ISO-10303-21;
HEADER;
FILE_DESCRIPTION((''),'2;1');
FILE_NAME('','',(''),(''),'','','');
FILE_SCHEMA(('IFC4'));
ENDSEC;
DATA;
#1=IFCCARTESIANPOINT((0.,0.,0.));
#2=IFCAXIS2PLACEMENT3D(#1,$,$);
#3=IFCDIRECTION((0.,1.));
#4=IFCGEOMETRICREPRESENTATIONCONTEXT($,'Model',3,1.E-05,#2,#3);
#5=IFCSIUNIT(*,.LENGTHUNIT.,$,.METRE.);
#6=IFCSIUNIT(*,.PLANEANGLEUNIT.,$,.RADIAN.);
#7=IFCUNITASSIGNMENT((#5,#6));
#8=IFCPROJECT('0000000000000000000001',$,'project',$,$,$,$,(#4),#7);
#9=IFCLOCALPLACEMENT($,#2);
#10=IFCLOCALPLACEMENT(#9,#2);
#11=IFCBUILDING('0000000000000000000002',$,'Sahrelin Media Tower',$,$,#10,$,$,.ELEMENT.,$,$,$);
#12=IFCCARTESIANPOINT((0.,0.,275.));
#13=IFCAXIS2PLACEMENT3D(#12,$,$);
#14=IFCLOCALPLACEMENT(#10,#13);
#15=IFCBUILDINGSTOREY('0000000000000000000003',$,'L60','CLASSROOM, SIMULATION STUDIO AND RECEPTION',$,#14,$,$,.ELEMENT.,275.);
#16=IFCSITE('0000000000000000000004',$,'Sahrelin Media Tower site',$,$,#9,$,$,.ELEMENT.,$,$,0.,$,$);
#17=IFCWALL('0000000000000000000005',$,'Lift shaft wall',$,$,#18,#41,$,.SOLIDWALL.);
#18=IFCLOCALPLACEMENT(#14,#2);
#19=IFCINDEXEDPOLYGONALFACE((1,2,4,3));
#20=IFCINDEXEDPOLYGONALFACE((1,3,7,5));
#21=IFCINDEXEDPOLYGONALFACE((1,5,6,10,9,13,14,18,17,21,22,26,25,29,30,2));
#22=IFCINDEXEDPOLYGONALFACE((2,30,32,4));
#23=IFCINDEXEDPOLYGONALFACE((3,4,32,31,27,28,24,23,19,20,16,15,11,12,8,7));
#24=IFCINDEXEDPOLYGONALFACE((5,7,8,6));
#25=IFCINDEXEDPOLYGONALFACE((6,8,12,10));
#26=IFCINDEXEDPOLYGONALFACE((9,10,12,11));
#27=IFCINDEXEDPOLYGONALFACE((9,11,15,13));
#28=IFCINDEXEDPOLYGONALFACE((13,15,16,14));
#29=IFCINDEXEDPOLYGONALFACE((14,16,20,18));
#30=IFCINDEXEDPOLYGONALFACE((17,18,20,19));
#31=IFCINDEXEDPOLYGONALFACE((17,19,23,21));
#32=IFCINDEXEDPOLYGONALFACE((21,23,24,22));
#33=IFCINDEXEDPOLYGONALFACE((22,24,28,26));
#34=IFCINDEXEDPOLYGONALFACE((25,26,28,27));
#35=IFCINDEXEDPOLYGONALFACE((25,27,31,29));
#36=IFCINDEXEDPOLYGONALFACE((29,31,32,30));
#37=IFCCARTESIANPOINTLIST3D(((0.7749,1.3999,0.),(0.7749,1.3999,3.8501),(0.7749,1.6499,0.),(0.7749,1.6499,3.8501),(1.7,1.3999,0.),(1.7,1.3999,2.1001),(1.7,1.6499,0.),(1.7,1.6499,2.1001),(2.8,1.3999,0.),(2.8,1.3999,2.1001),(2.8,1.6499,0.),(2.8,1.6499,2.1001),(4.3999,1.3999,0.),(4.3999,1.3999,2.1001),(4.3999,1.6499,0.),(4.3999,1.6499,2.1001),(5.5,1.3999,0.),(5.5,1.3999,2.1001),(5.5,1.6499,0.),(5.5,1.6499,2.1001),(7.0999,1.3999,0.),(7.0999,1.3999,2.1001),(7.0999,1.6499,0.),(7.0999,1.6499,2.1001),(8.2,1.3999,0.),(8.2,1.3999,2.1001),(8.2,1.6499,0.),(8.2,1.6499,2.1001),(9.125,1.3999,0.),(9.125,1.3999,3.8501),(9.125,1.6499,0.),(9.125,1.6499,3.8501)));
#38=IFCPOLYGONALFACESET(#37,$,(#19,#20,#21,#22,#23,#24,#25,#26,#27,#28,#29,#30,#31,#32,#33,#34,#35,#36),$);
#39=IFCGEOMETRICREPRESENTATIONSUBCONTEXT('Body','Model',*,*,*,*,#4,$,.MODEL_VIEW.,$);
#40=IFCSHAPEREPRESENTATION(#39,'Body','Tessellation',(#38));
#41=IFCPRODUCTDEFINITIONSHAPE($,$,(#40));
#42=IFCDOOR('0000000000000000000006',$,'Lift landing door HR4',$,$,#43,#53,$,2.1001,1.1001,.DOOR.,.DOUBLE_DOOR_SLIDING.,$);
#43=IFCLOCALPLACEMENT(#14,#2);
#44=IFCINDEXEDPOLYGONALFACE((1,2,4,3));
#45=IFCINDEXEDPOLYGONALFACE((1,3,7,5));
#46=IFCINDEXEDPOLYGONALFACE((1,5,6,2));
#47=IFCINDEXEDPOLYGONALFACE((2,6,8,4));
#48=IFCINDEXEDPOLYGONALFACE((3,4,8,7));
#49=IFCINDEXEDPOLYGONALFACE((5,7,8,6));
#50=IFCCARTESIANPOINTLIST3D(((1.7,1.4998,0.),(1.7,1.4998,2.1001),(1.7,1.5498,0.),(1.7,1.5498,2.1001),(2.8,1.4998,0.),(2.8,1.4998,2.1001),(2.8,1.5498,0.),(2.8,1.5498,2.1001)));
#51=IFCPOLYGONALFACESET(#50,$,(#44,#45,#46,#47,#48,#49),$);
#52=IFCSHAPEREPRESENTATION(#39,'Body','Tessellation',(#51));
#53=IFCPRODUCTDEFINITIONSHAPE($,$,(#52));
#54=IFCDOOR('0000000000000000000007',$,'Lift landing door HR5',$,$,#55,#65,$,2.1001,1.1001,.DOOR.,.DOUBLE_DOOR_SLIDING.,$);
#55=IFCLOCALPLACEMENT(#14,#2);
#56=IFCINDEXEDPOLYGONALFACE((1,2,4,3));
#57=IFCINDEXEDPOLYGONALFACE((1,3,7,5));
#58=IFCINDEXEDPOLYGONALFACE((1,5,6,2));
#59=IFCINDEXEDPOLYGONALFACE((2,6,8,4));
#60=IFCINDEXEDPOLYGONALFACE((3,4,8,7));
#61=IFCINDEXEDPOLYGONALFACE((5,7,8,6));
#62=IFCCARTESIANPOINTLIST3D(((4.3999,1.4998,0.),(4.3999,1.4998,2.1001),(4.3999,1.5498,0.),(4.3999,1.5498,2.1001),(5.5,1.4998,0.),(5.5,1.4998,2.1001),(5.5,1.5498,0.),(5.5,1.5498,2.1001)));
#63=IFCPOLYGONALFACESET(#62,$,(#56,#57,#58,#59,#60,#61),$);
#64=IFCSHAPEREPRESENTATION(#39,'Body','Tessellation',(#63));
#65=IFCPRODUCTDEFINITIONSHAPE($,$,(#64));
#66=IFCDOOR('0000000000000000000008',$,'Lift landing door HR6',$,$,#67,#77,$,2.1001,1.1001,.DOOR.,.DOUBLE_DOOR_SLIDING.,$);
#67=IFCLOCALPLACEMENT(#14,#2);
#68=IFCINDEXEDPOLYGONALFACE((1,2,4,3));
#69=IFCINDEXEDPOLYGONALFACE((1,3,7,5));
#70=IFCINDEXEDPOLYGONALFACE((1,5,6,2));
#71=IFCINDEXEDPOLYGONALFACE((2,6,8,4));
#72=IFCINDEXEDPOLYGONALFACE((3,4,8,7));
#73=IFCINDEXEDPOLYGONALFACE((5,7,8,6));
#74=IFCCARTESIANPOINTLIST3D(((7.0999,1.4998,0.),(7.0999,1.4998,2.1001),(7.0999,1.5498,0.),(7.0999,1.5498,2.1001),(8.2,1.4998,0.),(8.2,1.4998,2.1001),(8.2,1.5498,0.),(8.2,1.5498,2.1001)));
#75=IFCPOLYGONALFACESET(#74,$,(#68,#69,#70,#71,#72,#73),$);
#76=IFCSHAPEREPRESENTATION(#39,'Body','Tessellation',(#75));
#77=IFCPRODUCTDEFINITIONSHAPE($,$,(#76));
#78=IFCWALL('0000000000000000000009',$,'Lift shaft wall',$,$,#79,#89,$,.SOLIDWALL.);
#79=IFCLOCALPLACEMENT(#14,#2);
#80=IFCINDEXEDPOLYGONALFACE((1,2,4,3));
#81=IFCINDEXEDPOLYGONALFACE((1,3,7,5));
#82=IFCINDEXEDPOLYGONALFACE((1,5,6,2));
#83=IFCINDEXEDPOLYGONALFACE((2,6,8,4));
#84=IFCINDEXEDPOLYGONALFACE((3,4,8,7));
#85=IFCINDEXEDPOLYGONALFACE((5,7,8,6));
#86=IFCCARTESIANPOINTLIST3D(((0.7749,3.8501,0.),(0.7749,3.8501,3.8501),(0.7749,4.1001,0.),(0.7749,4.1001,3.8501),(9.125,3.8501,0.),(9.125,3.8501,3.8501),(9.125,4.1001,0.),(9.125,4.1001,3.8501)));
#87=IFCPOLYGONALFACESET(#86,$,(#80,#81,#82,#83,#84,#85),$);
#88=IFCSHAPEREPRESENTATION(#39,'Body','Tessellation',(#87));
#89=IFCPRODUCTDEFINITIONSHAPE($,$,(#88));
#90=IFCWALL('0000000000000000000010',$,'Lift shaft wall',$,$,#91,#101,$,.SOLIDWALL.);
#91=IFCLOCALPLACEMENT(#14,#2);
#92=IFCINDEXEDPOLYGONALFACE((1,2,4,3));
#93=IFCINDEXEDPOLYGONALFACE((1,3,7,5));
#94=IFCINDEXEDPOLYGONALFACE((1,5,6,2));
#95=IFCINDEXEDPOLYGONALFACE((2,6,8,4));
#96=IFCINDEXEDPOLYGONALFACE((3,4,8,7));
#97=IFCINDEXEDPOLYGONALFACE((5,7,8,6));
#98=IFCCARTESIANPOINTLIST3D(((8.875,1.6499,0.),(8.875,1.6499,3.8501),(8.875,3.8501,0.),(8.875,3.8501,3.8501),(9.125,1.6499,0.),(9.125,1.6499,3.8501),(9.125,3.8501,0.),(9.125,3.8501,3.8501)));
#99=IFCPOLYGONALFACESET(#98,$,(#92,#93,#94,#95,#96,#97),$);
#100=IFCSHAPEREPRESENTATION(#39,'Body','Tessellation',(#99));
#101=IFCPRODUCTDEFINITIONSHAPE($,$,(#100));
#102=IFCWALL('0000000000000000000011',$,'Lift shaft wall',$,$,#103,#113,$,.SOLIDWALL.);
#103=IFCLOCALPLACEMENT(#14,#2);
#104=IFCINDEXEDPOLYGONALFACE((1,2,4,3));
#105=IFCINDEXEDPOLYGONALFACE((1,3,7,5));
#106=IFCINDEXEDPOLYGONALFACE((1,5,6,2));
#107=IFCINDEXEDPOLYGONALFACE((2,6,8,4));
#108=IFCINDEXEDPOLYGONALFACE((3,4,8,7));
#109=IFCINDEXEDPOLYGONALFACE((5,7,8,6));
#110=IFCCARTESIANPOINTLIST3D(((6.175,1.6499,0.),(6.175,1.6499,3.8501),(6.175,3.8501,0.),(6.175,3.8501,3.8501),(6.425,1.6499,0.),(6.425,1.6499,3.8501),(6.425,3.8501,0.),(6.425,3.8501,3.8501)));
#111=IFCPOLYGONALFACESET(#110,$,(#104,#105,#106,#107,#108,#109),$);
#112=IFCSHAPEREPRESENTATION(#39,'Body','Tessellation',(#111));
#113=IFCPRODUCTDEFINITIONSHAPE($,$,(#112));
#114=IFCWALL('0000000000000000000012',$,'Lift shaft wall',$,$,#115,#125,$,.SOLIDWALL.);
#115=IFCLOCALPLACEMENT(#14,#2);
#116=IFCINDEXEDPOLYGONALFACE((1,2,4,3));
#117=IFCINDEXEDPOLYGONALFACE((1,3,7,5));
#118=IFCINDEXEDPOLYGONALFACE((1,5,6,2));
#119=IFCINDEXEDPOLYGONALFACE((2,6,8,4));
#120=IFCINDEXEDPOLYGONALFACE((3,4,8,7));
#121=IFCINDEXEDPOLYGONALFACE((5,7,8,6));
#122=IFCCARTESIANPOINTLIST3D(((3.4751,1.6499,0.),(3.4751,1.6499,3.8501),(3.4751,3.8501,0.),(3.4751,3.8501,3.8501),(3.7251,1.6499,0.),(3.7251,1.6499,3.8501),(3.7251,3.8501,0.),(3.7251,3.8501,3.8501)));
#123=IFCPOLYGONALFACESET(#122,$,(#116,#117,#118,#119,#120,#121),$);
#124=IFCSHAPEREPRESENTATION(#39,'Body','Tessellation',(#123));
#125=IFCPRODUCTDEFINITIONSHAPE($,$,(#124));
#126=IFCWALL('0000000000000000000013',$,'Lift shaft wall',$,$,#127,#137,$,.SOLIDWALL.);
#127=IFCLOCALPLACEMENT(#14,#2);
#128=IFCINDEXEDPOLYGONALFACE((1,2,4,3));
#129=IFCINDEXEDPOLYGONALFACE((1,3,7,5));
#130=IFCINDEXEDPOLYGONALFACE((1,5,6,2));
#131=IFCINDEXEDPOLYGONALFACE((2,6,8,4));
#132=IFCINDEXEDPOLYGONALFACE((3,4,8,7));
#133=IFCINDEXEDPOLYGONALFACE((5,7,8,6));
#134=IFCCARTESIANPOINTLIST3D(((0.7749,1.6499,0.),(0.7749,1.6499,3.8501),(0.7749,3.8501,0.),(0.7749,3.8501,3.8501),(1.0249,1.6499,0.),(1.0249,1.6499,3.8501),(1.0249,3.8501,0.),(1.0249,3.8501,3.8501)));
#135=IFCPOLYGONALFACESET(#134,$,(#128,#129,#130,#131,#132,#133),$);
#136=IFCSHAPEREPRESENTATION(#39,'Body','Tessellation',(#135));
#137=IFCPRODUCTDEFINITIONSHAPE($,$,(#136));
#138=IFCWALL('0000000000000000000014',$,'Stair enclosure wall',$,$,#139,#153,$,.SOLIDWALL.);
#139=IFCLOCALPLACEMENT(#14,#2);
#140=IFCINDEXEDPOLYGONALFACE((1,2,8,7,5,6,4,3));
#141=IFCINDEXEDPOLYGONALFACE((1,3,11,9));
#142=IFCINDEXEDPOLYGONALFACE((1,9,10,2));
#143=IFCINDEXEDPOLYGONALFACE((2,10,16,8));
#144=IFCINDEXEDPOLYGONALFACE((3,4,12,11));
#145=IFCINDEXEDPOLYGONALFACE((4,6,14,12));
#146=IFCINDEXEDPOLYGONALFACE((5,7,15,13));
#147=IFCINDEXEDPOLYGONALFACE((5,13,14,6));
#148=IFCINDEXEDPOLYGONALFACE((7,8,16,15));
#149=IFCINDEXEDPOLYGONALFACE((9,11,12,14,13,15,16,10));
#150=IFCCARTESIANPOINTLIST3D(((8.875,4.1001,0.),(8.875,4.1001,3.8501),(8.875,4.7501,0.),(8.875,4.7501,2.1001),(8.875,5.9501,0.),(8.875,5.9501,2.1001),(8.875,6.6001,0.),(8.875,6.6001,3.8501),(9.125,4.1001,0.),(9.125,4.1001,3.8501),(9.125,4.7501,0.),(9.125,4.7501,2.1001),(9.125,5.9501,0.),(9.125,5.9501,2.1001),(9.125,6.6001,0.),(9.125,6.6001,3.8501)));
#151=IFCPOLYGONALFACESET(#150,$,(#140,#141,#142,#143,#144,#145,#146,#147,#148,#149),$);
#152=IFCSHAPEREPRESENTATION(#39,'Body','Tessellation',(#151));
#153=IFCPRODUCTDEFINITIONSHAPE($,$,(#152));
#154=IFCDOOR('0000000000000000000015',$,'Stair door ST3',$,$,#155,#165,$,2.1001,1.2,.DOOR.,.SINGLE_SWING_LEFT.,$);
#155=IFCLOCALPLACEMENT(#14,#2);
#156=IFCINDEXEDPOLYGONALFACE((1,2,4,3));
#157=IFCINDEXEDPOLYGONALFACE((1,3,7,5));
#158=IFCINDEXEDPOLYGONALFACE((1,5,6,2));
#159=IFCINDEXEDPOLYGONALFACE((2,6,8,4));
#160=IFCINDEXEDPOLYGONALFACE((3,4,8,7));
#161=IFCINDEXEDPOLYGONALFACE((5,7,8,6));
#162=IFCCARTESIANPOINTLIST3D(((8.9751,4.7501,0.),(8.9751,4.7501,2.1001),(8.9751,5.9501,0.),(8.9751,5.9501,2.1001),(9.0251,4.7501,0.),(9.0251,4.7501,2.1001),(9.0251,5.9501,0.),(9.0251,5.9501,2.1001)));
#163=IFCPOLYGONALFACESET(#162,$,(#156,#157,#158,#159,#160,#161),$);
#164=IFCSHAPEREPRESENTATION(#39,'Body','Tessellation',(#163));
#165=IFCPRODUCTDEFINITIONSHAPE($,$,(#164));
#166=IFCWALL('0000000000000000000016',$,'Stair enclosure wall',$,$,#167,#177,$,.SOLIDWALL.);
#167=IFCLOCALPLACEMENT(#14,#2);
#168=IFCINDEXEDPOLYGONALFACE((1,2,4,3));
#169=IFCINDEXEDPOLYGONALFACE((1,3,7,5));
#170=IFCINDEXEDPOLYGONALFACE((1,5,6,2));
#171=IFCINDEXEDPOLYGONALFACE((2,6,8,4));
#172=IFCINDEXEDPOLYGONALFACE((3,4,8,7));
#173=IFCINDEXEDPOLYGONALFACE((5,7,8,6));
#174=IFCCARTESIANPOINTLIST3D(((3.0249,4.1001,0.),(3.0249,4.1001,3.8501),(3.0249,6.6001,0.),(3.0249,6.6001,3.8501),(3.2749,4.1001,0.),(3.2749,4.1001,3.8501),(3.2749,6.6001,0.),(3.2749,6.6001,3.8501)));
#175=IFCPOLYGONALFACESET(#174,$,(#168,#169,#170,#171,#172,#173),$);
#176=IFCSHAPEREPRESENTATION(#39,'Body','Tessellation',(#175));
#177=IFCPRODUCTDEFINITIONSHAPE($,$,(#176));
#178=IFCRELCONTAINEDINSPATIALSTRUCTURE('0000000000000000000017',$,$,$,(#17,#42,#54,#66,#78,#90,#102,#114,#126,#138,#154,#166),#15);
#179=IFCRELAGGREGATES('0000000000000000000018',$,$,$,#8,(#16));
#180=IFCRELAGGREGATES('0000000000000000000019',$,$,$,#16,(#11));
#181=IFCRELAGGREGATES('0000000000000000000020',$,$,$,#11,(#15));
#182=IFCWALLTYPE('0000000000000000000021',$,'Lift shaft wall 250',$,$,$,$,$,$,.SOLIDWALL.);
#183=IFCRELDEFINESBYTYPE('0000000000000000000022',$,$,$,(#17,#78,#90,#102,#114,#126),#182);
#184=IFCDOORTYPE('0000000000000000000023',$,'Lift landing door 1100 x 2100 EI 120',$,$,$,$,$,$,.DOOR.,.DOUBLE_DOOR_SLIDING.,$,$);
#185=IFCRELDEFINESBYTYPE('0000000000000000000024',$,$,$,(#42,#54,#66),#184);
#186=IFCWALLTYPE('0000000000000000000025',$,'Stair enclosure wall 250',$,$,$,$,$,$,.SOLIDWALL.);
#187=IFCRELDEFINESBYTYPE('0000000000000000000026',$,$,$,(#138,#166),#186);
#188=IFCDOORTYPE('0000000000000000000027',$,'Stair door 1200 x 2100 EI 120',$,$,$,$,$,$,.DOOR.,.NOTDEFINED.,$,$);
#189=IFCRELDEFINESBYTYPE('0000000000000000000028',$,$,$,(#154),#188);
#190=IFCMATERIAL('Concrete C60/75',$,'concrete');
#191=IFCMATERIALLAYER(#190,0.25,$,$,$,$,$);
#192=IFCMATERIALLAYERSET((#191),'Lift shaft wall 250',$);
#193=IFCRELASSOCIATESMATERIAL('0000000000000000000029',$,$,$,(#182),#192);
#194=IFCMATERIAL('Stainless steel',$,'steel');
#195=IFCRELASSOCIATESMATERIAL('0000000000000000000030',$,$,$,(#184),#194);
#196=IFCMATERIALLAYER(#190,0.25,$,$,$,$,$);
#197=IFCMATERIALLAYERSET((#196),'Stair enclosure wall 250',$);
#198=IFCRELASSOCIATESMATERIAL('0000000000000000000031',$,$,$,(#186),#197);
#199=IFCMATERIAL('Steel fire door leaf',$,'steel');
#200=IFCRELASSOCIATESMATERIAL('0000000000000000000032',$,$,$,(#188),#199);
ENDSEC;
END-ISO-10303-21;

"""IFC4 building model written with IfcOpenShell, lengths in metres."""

from ifc_helpers import new_model, si_unit, direction, frame, frame_2d, origin, place, context, subcontext, project, spatial, rectangle, extrude, material, layer, layer_set, type_object, element, fill, save


model = new_model("IFC4")

# Units and contexts
model_context = context("Model", 3, precision=1e-05, world=origin(), true_north=direction((0.0, 1.0)))
body_context = subcontext(model_context, "Body", "Model", "MODEL_VIEW")
ifc_project = project(units=[si_unit("LENGTHUNIT", "METRE"), si_unit("PLANEANGLEUNIT", "RADIAN")], contexts=[model_context])

# Site, building, storey
site_placement = place(None, origin())
site = spatial("IfcSite", under=ifc_project, at=site_placement, Name="Sahrelin Media Tower site", CompositionType="ELEMENT", RefElevation=0.0)
building_placement = place(site_placement, origin())
building = spatial("IfcBuilding", under=site, at=building_placement, Name="Sahrelin Media Tower", CompositionType="ELEMENT")
storey_placement = place(building_placement, frame((0.0, 0.0, 275.0)))
storey = spatial("IfcBuildingStorey", under=building, at=storey_placement, Name="L60", Description="CLASSROOM, SIMULATION STUDIO AND RECEPTION", CompositionType="ELEMENT", Elevation=275.0)

# Wall, openings, doors
ifc_material_1 = material(Name="Concrete C60/75", Category="concrete")
ifc_layer_1 = layer(ifc_material_1, 0.25)
ifc_layer_set_1 = layer_set([ifc_layer_1], Name="Lift shaft wall 250")
wall_type_1 = type_object("IfcWallType", Name="Lift shaft wall 250", PredefinedType="SOLIDWALL", material=ifc_layer_set_1)
wall_1_placement = place(storey_placement, frame((0.7749, 1.5249, 0.0), z_axis=(0.0, 0.0, 1.0), x_axis=(1.0, 0.0, 0.0)))
wall_1 = element("IfcWall", 1, at=wall_1_placement, inside=storey, type_object=wall_type_1, Name="Lift shaft wall", PredefinedType="SOLIDWALL", context=body_context, shape_type="SweptSolid", body=[
    extrude(rectangle(XDim=8.3501, YDim=0.25, at=frame_2d((4.175, 0.0))), origin(), (0.0, 0.0, 1.0), 3.8501),
])
opening_1_placement = place(wall_1_placement, frame((0.925, 0.0, 0.0)))
opening_1 = element("IfcOpeningElement", 2, at=opening_1_placement, cuts=wall_1, PredefinedType="OPENING", context=body_context, shape_type="SweptSolid", body=[
    extrude(rectangle(XDim=1.1001, YDim=2.1001, at=frame_2d((0.55, 1.05))), frame((0.0, 0.125, 0.0), z_axis=(0.0, -1.0, 0.0), x_axis=(1.0, 0.0, 0.0)), (0.0, 0.0, 1.0), 0.25),
])
opening_2_placement = place(wall_1_placement, frame((3.625, 0.0, 0.0)))
opening_2 = element("IfcOpeningElement", 3, at=opening_2_placement, cuts=wall_1, PredefinedType="OPENING", context=body_context, shape_type="SweptSolid", body=[
    extrude(rectangle(XDim=1.1001, YDim=2.1001, at=frame_2d((0.55, 1.05))), frame((0.0, 0.125, 0.0), z_axis=(0.0, -1.0, 0.0), x_axis=(1.0, 0.0, 0.0)), (0.0, 0.0, 1.0), 0.25),
])
opening_3_placement = place(wall_1_placement, frame((6.325, 0.0, 0.0)))
opening_3 = element("IfcOpeningElement", 4, at=opening_3_placement, cuts=wall_1, PredefinedType="OPENING", context=body_context, shape_type="SweptSolid", body=[
    extrude(rectangle(XDim=1.1001, YDim=2.1001, at=frame_2d((0.55, 1.05))), frame((0.0, 0.125, 0.0), z_axis=(0.0, -1.0, 0.0), x_axis=(1.0, 0.0, 0.0)), (0.0, 0.0, 1.0), 0.25),
])
ifc_material_2 = material(Name="Stainless steel", Category="steel")
door_type_1 = type_object("IfcDoorType", Name="Lift landing door 1100 x 2100 EI 120", OperationType="DOUBLE_DOOR_SLIDING", PredefinedType="DOOR", material=ifc_material_2)
door_1_placement = place(opening_1_placement, origin())
door_1 = element("IfcDoor", 5, at=door_1_placement, inside=storey, type_object=door_type_1, Name="Lift landing door HR4", OperationType="DOUBLE_DOOR_SLIDING", OverallHeight=2.1001, OverallWidth=1.1001, PredefinedType="DOOR", context=body_context, shape_type="SweptSolid", body=[
    extrude(rectangle(XDim=1.1001, YDim=2.1001, at=frame_2d((0.55, 1.05))), frame((0.0, 0.0249, 0.0), z_axis=(0.0, -1.0, 0.0), x_axis=(1.0, 0.0, 0.0)), (0.0, 0.0, 1.0), 0.05),
])
fill(opening_1, door_1)
door_2_placement = place(opening_2_placement, origin())
door_2 = element("IfcDoor", 6, at=door_2_placement, inside=storey, type_object=door_type_1, Name="Lift landing door HR5", OperationType="DOUBLE_DOOR_SLIDING", OverallHeight=2.1001, OverallWidth=1.1001, PredefinedType="DOOR", context=body_context, shape_type="SweptSolid", body=[
    extrude(rectangle(XDim=1.1001, YDim=2.1001, at=frame_2d((0.55, 1.05))), frame((0.0, 0.0249, 0.0), z_axis=(0.0, -1.0, 0.0), x_axis=(1.0, 0.0, 0.0)), (0.0, 0.0, 1.0), 0.05),
])
fill(opening_2, door_2)
door_3_placement = place(opening_3_placement, origin())
door_3 = element("IfcDoor", 7, at=door_3_placement, inside=storey, type_object=door_type_1, Name="Lift landing door HR6", OperationType="DOUBLE_DOOR_SLIDING", OverallHeight=2.1001, OverallWidth=1.1001, PredefinedType="DOOR", context=body_context, shape_type="SweptSolid", body=[
    extrude(rectangle(XDim=1.1001, YDim=2.1001, at=frame_2d((0.55, 1.05))), frame((0.0, 0.0249, 0.0), z_axis=(0.0, -1.0, 0.0), x_axis=(1.0, 0.0, 0.0)), (0.0, 0.0, 1.0), 0.05),
])
fill(opening_3, door_3)

# Walls
wall_2_placement = place(storey_placement, frame((0.7749, 3.9751, 0.0), z_axis=(0.0, 0.0, 1.0), x_axis=(1.0, 0.0, 0.0)))
element("IfcWall", 8, at=wall_2_placement, inside=storey, type_object=wall_type_1, Name="Lift shaft wall", PredefinedType="SOLIDWALL", context=body_context, shape_type="SweptSolid", body=[
    extrude(rectangle(XDim=8.3501, YDim=0.25, at=frame_2d((4.175, 0.0))), origin(), (0.0, 0.0, 1.0), 3.8501),
])
for number, where, z_axis, x_axis, name in (
    (9, (9.0, 1.6499, 0.0), (0.0, 0.0, 1.0), (0.0, 1.0, 0.0), "Lift shaft wall"),
    (10, (6.3, 1.6499, 0.0), (0.0, 0.0, 1.0), (0.0, 1.0, 0.0), "Lift shaft wall"),
    (11, (3.6001, 1.6499, 0.0), (0.0, 0.0, 1.0), (0.0, 1.0, 0.0), "Lift shaft wall"),
    (12, (0.8999, 1.6499, 0.0), (0.0, 0.0, 1.0), (0.0, 1.0, 0.0), "Lift shaft wall"),
):
    element("IfcWall", number, at=place(storey_placement, frame(where, z_axis=z_axis, x_axis=x_axis)), inside=storey, type_object=wall_type_1, Name=name, PredefinedType="SOLIDWALL", context=body_context, shape_type="SweptSolid", body=[
        extrude(rectangle(XDim=2.2002, YDim=0.25, at=frame_2d((1.1001, 0.0))), origin(), (0.0, 0.0, 1.0), 3.8501),
    ])

# Wall, opening, door
ifc_layer_2 = layer(ifc_material_1, 0.25)
ifc_layer_set_2 = layer_set([ifc_layer_2], Name="Stair enclosure wall 250")
wall_type_2 = type_object("IfcWallType", Name="Stair enclosure wall 250", PredefinedType="SOLIDWALL", material=ifc_layer_set_2)
wall_3_placement = place(storey_placement, frame((9.0, 4.1001, 0.0), z_axis=(0.0, 0.0, 1.0), x_axis=(0.0, 1.0, 0.0)))
wall_3 = element("IfcWall", 13, at=wall_3_placement, inside=storey, type_object=wall_type_2, Name="Stair enclosure wall", PredefinedType="SOLIDWALL", context=body_context, shape_type="SweptSolid", body=[
    extrude(rectangle(XDim=2.5, YDim=0.25, at=frame_2d((1.25, 0.0))), origin(), (0.0, 0.0, 1.0), 3.8501),
])
opening_4_placement = place(wall_3_placement, frame((0.6499, 0.0, 0.0)))
opening_4 = element("IfcOpeningElement", 14, at=opening_4_placement, cuts=wall_3, PredefinedType="OPENING", context=body_context, shape_type="SweptSolid", body=[
    extrude(rectangle(XDim=1.2, YDim=2.1001, at=frame_2d((0.6001, 1.05))), frame((0.0, 0.125, 0.0), z_axis=(0.0, -1.0, 0.0), x_axis=(1.0, 0.0, 0.0)), (0.0, 0.0, 1.0), 0.25),
])
ifc_material_3 = material(Name="Steel fire door leaf", Category="steel")
door_type_2 = type_object("IfcDoorType", Name="Stair door 1200 x 2100 EI 120", OperationType="NOTDEFINED", PredefinedType="DOOR", material=ifc_material_3)
door_4_placement = place(opening_4_placement, origin())
door_4 = element("IfcDoor", 15, at=door_4_placement, inside=storey, type_object=door_type_2, Name="Stair door ST3", OperationType="SINGLE_SWING_LEFT", OverallHeight=2.1001, OverallWidth=1.2, PredefinedType="DOOR", context=body_context, shape_type="SweptSolid", body=[
    extrude(rectangle(XDim=1.2, YDim=2.1001, at=frame_2d((0.6001, 1.05))), frame((0.0, 0.0249, 0.0), z_axis=(0.0, -1.0, 0.0), x_axis=(1.0, 0.0, 0.0)), (0.0, 0.0, 1.0), 0.05),
])
fill(opening_4, door_4)

# Wall
wall_4_placement = place(storey_placement, frame((3.1499, 4.1001, 0.0), z_axis=(0.0, 0.0, 1.0), x_axis=(0.0, 1.0, 0.0)))
element("IfcWall", 16, at=wall_4_placement, inside=storey, type_object=wall_type_2, Name="Stair enclosure wall", PredefinedType="SOLIDWALL", context=body_context, shape_type="SweptSolid", body=[
    extrude(rectangle(XDim=2.5, YDim=0.25, at=frame_2d((1.25, 0.0))), origin(), (0.0, 0.0, 1.0), 3.8501),
])

save(model, "model.ifc")
